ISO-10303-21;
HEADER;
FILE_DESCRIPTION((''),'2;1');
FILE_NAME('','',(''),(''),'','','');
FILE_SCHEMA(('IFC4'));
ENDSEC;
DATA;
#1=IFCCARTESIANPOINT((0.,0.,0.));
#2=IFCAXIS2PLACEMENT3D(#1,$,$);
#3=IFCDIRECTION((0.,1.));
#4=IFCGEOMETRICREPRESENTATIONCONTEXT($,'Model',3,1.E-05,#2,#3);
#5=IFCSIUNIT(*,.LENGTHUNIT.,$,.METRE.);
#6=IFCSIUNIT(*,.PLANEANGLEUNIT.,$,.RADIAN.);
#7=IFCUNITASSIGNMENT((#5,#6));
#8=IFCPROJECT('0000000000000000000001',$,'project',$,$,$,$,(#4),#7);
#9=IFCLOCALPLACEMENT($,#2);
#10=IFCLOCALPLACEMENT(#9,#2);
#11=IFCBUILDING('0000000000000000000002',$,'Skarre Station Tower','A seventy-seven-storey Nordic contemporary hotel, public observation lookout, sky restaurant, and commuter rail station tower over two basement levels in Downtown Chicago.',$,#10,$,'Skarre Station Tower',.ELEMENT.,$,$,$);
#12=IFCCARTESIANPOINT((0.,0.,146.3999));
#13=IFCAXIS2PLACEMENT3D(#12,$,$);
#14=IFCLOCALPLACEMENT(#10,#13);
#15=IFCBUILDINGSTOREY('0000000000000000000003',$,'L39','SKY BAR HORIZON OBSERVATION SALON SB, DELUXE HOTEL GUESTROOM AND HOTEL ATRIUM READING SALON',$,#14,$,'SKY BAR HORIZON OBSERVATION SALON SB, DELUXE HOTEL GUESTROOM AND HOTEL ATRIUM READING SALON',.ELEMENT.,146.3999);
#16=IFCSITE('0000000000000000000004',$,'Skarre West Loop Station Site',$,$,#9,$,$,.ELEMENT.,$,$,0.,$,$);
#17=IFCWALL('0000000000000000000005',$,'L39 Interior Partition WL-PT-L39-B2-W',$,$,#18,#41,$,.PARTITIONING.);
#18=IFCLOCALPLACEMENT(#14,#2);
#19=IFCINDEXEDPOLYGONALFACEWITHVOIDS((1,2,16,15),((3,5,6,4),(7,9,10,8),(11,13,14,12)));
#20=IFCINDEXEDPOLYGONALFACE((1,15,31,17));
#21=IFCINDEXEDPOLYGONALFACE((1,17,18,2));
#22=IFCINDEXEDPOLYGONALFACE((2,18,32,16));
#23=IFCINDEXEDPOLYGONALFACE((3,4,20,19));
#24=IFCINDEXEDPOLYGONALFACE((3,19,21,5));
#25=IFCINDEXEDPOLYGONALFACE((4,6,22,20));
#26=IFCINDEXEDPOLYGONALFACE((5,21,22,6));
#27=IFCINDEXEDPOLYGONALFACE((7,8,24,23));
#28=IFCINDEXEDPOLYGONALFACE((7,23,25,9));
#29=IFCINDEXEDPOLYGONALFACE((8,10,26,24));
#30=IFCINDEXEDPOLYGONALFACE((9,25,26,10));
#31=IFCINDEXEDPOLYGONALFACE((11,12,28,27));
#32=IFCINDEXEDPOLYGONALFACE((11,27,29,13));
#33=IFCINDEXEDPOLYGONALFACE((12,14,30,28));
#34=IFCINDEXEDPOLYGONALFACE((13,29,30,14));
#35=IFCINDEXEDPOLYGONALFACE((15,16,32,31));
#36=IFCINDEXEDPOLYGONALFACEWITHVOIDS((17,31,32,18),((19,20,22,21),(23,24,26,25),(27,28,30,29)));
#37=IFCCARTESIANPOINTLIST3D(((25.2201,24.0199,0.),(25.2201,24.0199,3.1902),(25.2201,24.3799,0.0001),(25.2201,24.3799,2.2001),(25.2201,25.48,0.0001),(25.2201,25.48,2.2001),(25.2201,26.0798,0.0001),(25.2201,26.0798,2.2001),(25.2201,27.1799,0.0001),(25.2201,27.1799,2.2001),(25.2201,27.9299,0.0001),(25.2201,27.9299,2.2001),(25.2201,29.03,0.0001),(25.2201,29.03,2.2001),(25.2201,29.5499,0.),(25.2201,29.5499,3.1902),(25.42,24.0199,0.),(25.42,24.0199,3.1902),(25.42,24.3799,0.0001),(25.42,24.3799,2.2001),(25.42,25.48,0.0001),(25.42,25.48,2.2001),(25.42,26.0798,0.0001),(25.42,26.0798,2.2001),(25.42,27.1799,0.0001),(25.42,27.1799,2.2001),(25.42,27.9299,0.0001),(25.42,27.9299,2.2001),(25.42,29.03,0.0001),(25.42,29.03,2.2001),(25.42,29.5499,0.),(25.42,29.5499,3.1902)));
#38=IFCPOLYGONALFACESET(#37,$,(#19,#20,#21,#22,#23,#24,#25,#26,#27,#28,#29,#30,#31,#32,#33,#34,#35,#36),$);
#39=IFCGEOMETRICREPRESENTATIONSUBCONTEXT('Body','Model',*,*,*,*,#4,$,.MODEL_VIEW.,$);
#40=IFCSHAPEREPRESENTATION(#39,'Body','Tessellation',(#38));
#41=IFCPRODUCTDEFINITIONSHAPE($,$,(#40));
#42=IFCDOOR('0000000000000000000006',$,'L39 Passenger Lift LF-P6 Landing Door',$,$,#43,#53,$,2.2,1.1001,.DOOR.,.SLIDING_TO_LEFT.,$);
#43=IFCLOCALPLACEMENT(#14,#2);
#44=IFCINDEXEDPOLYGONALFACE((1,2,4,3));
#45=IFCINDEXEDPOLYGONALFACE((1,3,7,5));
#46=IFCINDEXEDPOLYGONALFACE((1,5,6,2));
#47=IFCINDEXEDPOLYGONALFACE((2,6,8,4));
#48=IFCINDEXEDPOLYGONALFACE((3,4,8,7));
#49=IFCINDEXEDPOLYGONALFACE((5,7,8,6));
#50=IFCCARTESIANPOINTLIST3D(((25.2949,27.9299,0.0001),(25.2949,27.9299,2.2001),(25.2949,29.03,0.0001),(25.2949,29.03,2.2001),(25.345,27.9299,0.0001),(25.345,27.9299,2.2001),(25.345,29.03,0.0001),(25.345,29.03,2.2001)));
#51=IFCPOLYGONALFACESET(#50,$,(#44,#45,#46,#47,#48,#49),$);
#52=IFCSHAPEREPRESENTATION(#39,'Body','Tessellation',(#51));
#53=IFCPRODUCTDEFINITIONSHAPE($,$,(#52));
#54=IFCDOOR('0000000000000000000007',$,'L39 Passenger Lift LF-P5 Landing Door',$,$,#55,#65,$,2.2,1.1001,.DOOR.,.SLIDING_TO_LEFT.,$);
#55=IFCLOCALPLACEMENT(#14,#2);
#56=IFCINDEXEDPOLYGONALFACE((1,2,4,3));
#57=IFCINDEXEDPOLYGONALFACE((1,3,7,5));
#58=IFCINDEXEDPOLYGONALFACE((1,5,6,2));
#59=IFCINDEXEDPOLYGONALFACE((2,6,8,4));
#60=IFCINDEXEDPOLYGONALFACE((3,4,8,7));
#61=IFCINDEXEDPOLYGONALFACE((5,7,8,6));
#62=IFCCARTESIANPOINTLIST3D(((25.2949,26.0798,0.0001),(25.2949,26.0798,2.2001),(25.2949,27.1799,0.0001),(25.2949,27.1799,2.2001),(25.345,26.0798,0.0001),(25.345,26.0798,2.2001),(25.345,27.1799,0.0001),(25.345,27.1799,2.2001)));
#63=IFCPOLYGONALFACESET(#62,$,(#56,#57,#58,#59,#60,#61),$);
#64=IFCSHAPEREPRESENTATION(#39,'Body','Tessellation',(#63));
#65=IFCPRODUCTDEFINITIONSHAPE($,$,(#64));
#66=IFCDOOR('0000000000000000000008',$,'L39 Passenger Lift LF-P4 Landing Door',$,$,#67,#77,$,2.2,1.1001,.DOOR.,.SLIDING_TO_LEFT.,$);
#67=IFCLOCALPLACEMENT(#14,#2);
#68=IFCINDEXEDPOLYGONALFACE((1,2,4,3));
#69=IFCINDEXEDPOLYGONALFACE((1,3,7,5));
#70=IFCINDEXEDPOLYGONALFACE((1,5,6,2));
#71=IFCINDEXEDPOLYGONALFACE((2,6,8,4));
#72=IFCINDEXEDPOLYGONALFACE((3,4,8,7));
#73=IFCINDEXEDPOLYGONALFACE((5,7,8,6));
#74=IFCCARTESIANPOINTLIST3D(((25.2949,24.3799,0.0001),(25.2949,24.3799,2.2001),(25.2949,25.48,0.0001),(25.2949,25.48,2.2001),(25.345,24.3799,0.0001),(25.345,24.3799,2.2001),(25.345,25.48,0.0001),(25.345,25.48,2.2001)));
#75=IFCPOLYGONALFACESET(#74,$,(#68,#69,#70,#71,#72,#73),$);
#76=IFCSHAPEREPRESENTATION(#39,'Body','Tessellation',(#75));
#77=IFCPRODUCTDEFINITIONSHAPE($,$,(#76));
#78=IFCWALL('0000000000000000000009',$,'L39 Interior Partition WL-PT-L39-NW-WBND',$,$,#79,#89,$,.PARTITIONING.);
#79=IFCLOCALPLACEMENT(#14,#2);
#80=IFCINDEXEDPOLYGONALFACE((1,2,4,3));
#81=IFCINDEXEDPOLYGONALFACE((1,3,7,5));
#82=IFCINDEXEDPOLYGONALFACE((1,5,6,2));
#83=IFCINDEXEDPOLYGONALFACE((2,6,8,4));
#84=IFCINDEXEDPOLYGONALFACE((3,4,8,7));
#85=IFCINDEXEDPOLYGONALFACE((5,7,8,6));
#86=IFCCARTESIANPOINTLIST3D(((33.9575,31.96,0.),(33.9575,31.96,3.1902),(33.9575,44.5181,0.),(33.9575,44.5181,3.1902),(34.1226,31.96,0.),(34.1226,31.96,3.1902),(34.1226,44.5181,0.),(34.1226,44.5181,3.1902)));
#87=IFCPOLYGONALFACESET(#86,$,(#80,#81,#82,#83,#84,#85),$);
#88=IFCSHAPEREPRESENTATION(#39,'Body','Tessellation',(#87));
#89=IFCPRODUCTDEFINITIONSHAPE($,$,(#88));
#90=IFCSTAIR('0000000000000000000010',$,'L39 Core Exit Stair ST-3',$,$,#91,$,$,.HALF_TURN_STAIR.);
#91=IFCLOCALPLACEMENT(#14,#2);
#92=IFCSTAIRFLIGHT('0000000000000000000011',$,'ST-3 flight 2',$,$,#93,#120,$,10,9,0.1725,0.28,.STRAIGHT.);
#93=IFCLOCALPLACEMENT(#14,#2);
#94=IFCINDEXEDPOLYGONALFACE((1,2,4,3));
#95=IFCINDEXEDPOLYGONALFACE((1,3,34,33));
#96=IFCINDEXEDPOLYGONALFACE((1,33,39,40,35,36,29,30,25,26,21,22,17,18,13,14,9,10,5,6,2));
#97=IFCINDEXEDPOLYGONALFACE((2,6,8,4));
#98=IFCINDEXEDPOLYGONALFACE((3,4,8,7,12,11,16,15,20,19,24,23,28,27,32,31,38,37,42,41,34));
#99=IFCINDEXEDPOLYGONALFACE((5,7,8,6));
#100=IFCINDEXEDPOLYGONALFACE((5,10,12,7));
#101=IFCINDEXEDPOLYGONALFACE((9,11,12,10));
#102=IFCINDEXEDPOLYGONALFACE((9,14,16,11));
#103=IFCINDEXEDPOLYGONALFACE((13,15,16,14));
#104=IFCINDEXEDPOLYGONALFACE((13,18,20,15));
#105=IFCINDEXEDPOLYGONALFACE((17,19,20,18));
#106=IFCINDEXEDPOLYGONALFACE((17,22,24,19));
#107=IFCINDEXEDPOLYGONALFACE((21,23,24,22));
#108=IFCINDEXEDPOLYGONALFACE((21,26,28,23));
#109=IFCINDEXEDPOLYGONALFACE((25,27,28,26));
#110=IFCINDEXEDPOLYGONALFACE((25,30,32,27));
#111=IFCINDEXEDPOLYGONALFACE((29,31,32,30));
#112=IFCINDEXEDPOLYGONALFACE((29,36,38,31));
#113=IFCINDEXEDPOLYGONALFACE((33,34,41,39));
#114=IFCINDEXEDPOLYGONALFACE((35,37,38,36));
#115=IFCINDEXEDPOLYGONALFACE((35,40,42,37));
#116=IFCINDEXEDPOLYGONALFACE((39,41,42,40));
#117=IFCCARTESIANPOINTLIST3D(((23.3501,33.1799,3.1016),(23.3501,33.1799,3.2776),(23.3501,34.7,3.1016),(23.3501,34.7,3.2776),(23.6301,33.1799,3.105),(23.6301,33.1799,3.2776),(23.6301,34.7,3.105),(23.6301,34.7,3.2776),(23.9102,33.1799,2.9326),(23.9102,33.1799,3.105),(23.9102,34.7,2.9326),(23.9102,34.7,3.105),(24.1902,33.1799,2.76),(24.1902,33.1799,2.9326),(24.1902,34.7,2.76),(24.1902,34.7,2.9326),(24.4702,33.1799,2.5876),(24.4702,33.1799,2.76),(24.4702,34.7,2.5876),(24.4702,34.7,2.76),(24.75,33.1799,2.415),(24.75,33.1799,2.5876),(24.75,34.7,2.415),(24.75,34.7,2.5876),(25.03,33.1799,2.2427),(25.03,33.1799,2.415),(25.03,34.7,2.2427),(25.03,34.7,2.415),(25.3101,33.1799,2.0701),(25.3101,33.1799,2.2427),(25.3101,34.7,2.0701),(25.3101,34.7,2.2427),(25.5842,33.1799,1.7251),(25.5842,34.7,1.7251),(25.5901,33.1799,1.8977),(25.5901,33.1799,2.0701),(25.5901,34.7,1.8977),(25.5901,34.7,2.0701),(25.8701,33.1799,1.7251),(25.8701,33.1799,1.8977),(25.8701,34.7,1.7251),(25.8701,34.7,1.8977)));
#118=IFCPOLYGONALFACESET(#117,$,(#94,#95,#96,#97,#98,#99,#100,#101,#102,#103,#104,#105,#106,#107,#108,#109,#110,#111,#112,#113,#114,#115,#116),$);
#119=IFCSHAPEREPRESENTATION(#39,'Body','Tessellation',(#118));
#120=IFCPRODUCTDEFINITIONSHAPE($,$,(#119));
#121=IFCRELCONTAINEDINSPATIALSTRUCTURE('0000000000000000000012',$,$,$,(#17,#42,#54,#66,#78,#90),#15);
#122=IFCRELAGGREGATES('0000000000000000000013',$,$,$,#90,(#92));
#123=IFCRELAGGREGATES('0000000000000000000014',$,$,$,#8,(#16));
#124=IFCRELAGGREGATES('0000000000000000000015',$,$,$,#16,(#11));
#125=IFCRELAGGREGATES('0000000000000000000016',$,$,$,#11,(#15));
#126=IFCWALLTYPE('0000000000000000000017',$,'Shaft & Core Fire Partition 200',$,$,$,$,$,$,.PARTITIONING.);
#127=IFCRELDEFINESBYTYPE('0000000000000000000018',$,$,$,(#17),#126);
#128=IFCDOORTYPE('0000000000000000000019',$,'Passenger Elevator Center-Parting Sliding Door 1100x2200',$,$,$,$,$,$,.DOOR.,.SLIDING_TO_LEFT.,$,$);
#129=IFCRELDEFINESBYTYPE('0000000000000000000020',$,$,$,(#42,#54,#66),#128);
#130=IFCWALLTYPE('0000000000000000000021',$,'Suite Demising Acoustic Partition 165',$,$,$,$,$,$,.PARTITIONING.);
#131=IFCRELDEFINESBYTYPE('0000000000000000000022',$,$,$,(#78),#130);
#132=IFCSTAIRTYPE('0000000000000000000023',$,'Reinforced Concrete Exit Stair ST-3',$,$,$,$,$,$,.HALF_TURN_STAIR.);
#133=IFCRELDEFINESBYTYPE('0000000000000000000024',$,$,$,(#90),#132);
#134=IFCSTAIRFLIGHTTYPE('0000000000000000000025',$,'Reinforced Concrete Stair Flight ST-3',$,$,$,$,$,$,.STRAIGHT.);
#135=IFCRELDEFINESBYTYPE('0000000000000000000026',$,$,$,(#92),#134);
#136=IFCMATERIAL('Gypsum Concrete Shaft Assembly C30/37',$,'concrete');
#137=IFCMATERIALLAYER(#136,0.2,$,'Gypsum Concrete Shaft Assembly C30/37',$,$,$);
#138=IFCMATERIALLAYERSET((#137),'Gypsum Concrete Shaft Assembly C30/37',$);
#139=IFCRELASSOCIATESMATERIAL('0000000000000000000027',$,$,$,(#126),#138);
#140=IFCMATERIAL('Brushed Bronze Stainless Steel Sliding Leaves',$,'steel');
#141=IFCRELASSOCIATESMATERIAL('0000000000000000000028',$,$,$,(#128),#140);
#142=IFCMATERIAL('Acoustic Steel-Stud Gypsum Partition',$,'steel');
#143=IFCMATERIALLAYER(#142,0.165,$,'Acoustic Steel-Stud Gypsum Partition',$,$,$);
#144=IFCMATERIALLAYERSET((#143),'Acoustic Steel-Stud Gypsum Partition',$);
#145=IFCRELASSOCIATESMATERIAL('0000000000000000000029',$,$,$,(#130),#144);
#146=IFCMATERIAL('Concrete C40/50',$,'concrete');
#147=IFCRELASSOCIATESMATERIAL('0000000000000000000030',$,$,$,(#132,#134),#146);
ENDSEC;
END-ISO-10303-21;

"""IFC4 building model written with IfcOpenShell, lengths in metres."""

from ifc_helpers import new_model, si_unit, direction, frame, frame_2d, origin, place, context, subcontext, project, spatial, polyline, rectangle, outline, extrude, material, layer, layer_set, type_object, element, fill, aggregate, save


model = new_model("IFC4")

# Units and contexts
model_context = context("Model", 3, precision=1e-05, world=origin(), true_north=direction((0.0, 1.0)))
body_context = subcontext(model_context, "Body", "Model", "MODEL_VIEW")
ifc_project = project(units=[si_unit("LENGTHUNIT", "METRE"), si_unit("PLANEANGLEUNIT", "RADIAN")], contexts=[model_context])

# Site, building, storey
site_placement = place(None, origin())
site = spatial("IfcSite", under=ifc_project, at=site_placement, Name="Skarre West Loop Station Site", CompositionType="ELEMENT", RefElevation=0.0)
building_placement = place(site_placement, origin())
building = spatial("IfcBuilding", under=site, at=building_placement, Name="Skarre Station Tower", Description="A seventy-seven-storey Nordic contemporary hotel, public observation lookout, sky restaurant, and commuter rail station tower over two basement levels in Downtown Chicago.", LongName="Skarre Station Tower", CompositionType="ELEMENT")
storey_placement = place(building_placement, frame((0.0, 0.0, 146.3999)))
storey = spatial("IfcBuildingStorey", under=building, at=storey_placement, Name="L39", Description="SKY BAR HORIZON OBSERVATION SALON SB, DELUXE HOTEL GUESTROOM AND HOTEL ATRIUM READING SALON", LongName="SKY BAR HORIZON OBSERVATION SALON SB, DELUXE HOTEL GUESTROOM AND HOTEL ATRIUM READING SALON", CompositionType="ELEMENT", Elevation=146.3999)

# Shared definitions
ifc_material_1 = material(Name="Gypsum Concrete Shaft Assembly C30/37", Category="concrete")
ifc_layer_1 = layer(ifc_material_1, 0.2, Name="Gypsum Concrete Shaft Assembly C30/37")
ifc_layer_set_1 = layer_set([ifc_layer_1], Name="Gypsum Concrete Shaft Assembly C30/37")
wall_type_1 = type_object("IfcWallType", Name="Shaft & Core Fire Partition 200", PredefinedType="PARTITIONING", material=ifc_layer_set_1)

# Wall, openings, doors
wall_1_placement = place(storey_placement, frame((25.3201, 29.55, 0.0), z_axis=(0.0, 0.0, 1.0), x_axis=(0.0, -1.0, 0.0)))
wall_1 = element("IfcWall", 1, at=wall_1_placement, inside=storey, type_object=wall_type_1, Name="L39 Interior Partition WL-PT-L39-B2-W", PredefinedType="PARTITIONING", context=body_context, shape_type="SweptSolid", body=[
    extrude(rectangle(XDim=5.53, YDim=0.2, at=frame_2d((2.7651, 0.0))), origin(), (0.0, 0.0, 1.0), 3.1902),
])
opening_1_placement = place(wall_1_placement, frame((0.52, 0.0, 0.0)))
opening_1 = element("IfcOpeningElement", 2, at=opening_1_placement, cuts=wall_1, PredefinedType="OPENING", context=body_context, shape_type="SweptSolid", body=[
    extrude(rectangle(XDim=1.1001, YDim=2.2, at=frame_2d((0.55, 1.1001))), frame((0.0, 0.1099, 0.0), z_axis=(0.0, -1.0, 0.0), x_axis=(1.0, 0.0, 0.0)), (0.0, 0.0, 1.0), 0.22),
])
opening_2_placement = place(wall_1_placement, frame((2.3701, 0.0, 0.0)))
opening_2 = element("IfcOpeningElement", 3, at=opening_2_placement, cuts=wall_1, PredefinedType="OPENING", context=body_context, shape_type="SweptSolid", body=[
    extrude(rectangle(XDim=1.1001, YDim=2.2, at=frame_2d((0.55, 1.1001))), frame((0.0, 0.1099, 0.0), z_axis=(0.0, -1.0, 0.0), x_axis=(1.0, 0.0, 0.0)), (0.0, 0.0, 1.0), 0.22),
])
opening_3_placement = place(wall_1_placement, frame((4.0701, 0.0, 0.0)))
opening_3 = element("IfcOpeningElement", 4, at=opening_3_placement, cuts=wall_1, PredefinedType="OPENING", context=body_context, shape_type="SweptSolid", body=[
    extrude(rectangle(XDim=1.1001, YDim=2.2, at=frame_2d((0.55, 1.1001))), frame((0.0, 0.1099, 0.0), z_axis=(0.0, -1.0, 0.0), x_axis=(1.0, 0.0, 0.0)), (0.0, 0.0, 1.0), 0.22),
])
ifc_material_2 = material(Name="Brushed Bronze Stainless Steel Sliding Leaves", Category="steel")
door_type = type_object("IfcDoorType", Name="Passenger Elevator Center-Parting Sliding Door 1100x2200", OperationType="SLIDING_TO_LEFT", PredefinedType="DOOR", material=ifc_material_2)
door_1_placement = place(opening_1_placement, origin())
door_1 = element("IfcDoor", 5, at=door_1_placement, inside=storey, type_object=door_type, Name="L39 Passenger Lift LF-P6 Landing Door", OperationType="SLIDING_TO_LEFT", OverallHeight=2.2, OverallWidth=1.1001, PredefinedType="DOOR", context=body_context, shape_type="SweptSolid", body=[
    extrude(rectangle(XDim=1.1001, YDim=2.2, at=frame_2d((0.55, 1.1001))), frame((0.0, 0.0249, 0.0), z_axis=(0.0, -1.0, 0.0), x_axis=(1.0, 0.0, 0.0)), (0.0, 0.0, 1.0), 0.05),
])
fill(opening_1, door_1)
door_2_placement = place(opening_2_placement, origin())
door_2 = element("IfcDoor", 6, at=door_2_placement, inside=storey, type_object=door_type, Name="L39 Passenger Lift LF-P5 Landing Door", OperationType="SLIDING_TO_LEFT", OverallHeight=2.2, OverallWidth=1.1001, PredefinedType="DOOR", context=body_context, shape_type="SweptSolid", body=[
    extrude(rectangle(XDim=1.1001, YDim=2.2, at=frame_2d((0.55, 1.1001))), frame((0.0, 0.0249, 0.0), z_axis=(0.0, -1.0, 0.0), x_axis=(1.0, 0.0, 0.0)), (0.0, 0.0, 1.0), 0.05),
])
fill(opening_2, door_2)
door_3_placement = place(opening_3_placement, origin())
door_3 = element("IfcDoor", 7, at=door_3_placement, inside=storey, type_object=door_type, Name="L39 Passenger Lift LF-P4 Landing Door", OperationType="SLIDING_TO_LEFT", OverallHeight=2.2, OverallWidth=1.1001, PredefinedType="DOOR", context=body_context, shape_type="SweptSolid", body=[
    extrude(rectangle(XDim=1.1001, YDim=2.2, at=frame_2d((0.55, 1.1001))), frame((0.0, 0.0249, 0.0), z_axis=(0.0, -1.0, 0.0), x_axis=(1.0, 0.0, 0.0)), (0.0, 0.0, 1.0), 0.05),
])
fill(opening_3, door_3)

# Wall
ifc_material_3 = material(Name="Acoustic Steel-Stud Gypsum Partition", Category="steel")
ifc_layer_2 = layer(ifc_material_3, 0.165, Name="Acoustic Steel-Stud Gypsum Partition")
ifc_layer_set_2 = layer_set([ifc_layer_2], Name="Acoustic Steel-Stud Gypsum Partition")
wall_type_2 = type_object("IfcWallType", Name="Suite Demising Acoustic Partition 165", PredefinedType="PARTITIONING", material=ifc_layer_set_2)
wall_2_placement = place(storey_placement, frame((34.04, 31.96, 0.0), z_axis=(0.0, 0.0, 1.0), x_axis=(0.0, 1.0, 0.0)))
element("IfcWall", 8, at=wall_2_placement, inside=storey, type_object=wall_type_2, Name="L39 Interior Partition WL-PT-L39-NW-WBND", PredefinedType="PARTITIONING", context=body_context, shape_type="SweptSolid", body=[
    extrude(rectangle(XDim=12.5581, YDim=0.165, at=frame_2d((6.2791, 0.0))), origin(), (0.0, 0.0, 1.0), 3.1902),
])

# Stair, stair flight
ifc_material_4 = material(Name="Concrete C40/50", Category="concrete")
stair_type = type_object("IfcStairType", Name="Reinforced Concrete Exit Stair ST-3", PredefinedType="HALF_TURN_STAIR", material=ifc_material_4)
stair_placement = place(storey_placement, origin())
stair = element("IfcStair", 9, at=stair_placement, inside=storey, type_object=stair_type, Name="L39 Core Exit Stair ST-3", PredefinedType="HALF_TURN_STAIR")
stair_flight_type = type_object("IfcStairFlightType", Name="Reinforced Concrete Stair Flight ST-3", PredefinedType="STRAIGHT", material=ifc_material_4)
stair_flight_placement = place(storey_placement, frame((25.8701, 33.9399, 1.7251), z_axis=(0.0, 0.0, 1.0), x_axis=(-1.0, 0.0, 0.0)))
stair_flight = element("IfcStairFlight", 10, at=stair_flight_placement, type_object=stair_flight_type, Name="ST-3 flight 2", NumberOfRisers=10, NumberOfTreads=9, PredefinedType="STRAIGHT", RiserHeight=0.1725, TreadLength=0.28, context=body_context, shape_type="SweptSolid", body=[
    extrude(outline(polyline([(0.0, 0.0), (0.0, 0.1726), (0.28, 0.1726), (0.28, 0.345), (0.5601, 0.345), (0.5601, 0.5176), (0.8401, 0.5176), (0.8401, 0.6899), (1.1201, 0.6899), (1.1201, 0.8625), (1.3999, 0.8625), (1.3999, 1.0349), (1.6799, 1.0349), (1.6799, 1.2075), (1.96, 1.2075), (1.96, 1.3799), (2.24, 1.3799), (2.24, 1.5525), (2.52, 1.5525), (2.52, 1.7251), (2.52, 1.3765), (0.2859, 0.0), (0.0, 0.0)])), frame((0.0, 0.76, 0.0), z_axis=(0.0, -1.0, 0.0), x_axis=(1.0, 0.0, 0.0)), (0.0, 0.0, 1.0), 1.52),
])
aggregate(stair, [stair_flight])

save(model, "model.ifc")
